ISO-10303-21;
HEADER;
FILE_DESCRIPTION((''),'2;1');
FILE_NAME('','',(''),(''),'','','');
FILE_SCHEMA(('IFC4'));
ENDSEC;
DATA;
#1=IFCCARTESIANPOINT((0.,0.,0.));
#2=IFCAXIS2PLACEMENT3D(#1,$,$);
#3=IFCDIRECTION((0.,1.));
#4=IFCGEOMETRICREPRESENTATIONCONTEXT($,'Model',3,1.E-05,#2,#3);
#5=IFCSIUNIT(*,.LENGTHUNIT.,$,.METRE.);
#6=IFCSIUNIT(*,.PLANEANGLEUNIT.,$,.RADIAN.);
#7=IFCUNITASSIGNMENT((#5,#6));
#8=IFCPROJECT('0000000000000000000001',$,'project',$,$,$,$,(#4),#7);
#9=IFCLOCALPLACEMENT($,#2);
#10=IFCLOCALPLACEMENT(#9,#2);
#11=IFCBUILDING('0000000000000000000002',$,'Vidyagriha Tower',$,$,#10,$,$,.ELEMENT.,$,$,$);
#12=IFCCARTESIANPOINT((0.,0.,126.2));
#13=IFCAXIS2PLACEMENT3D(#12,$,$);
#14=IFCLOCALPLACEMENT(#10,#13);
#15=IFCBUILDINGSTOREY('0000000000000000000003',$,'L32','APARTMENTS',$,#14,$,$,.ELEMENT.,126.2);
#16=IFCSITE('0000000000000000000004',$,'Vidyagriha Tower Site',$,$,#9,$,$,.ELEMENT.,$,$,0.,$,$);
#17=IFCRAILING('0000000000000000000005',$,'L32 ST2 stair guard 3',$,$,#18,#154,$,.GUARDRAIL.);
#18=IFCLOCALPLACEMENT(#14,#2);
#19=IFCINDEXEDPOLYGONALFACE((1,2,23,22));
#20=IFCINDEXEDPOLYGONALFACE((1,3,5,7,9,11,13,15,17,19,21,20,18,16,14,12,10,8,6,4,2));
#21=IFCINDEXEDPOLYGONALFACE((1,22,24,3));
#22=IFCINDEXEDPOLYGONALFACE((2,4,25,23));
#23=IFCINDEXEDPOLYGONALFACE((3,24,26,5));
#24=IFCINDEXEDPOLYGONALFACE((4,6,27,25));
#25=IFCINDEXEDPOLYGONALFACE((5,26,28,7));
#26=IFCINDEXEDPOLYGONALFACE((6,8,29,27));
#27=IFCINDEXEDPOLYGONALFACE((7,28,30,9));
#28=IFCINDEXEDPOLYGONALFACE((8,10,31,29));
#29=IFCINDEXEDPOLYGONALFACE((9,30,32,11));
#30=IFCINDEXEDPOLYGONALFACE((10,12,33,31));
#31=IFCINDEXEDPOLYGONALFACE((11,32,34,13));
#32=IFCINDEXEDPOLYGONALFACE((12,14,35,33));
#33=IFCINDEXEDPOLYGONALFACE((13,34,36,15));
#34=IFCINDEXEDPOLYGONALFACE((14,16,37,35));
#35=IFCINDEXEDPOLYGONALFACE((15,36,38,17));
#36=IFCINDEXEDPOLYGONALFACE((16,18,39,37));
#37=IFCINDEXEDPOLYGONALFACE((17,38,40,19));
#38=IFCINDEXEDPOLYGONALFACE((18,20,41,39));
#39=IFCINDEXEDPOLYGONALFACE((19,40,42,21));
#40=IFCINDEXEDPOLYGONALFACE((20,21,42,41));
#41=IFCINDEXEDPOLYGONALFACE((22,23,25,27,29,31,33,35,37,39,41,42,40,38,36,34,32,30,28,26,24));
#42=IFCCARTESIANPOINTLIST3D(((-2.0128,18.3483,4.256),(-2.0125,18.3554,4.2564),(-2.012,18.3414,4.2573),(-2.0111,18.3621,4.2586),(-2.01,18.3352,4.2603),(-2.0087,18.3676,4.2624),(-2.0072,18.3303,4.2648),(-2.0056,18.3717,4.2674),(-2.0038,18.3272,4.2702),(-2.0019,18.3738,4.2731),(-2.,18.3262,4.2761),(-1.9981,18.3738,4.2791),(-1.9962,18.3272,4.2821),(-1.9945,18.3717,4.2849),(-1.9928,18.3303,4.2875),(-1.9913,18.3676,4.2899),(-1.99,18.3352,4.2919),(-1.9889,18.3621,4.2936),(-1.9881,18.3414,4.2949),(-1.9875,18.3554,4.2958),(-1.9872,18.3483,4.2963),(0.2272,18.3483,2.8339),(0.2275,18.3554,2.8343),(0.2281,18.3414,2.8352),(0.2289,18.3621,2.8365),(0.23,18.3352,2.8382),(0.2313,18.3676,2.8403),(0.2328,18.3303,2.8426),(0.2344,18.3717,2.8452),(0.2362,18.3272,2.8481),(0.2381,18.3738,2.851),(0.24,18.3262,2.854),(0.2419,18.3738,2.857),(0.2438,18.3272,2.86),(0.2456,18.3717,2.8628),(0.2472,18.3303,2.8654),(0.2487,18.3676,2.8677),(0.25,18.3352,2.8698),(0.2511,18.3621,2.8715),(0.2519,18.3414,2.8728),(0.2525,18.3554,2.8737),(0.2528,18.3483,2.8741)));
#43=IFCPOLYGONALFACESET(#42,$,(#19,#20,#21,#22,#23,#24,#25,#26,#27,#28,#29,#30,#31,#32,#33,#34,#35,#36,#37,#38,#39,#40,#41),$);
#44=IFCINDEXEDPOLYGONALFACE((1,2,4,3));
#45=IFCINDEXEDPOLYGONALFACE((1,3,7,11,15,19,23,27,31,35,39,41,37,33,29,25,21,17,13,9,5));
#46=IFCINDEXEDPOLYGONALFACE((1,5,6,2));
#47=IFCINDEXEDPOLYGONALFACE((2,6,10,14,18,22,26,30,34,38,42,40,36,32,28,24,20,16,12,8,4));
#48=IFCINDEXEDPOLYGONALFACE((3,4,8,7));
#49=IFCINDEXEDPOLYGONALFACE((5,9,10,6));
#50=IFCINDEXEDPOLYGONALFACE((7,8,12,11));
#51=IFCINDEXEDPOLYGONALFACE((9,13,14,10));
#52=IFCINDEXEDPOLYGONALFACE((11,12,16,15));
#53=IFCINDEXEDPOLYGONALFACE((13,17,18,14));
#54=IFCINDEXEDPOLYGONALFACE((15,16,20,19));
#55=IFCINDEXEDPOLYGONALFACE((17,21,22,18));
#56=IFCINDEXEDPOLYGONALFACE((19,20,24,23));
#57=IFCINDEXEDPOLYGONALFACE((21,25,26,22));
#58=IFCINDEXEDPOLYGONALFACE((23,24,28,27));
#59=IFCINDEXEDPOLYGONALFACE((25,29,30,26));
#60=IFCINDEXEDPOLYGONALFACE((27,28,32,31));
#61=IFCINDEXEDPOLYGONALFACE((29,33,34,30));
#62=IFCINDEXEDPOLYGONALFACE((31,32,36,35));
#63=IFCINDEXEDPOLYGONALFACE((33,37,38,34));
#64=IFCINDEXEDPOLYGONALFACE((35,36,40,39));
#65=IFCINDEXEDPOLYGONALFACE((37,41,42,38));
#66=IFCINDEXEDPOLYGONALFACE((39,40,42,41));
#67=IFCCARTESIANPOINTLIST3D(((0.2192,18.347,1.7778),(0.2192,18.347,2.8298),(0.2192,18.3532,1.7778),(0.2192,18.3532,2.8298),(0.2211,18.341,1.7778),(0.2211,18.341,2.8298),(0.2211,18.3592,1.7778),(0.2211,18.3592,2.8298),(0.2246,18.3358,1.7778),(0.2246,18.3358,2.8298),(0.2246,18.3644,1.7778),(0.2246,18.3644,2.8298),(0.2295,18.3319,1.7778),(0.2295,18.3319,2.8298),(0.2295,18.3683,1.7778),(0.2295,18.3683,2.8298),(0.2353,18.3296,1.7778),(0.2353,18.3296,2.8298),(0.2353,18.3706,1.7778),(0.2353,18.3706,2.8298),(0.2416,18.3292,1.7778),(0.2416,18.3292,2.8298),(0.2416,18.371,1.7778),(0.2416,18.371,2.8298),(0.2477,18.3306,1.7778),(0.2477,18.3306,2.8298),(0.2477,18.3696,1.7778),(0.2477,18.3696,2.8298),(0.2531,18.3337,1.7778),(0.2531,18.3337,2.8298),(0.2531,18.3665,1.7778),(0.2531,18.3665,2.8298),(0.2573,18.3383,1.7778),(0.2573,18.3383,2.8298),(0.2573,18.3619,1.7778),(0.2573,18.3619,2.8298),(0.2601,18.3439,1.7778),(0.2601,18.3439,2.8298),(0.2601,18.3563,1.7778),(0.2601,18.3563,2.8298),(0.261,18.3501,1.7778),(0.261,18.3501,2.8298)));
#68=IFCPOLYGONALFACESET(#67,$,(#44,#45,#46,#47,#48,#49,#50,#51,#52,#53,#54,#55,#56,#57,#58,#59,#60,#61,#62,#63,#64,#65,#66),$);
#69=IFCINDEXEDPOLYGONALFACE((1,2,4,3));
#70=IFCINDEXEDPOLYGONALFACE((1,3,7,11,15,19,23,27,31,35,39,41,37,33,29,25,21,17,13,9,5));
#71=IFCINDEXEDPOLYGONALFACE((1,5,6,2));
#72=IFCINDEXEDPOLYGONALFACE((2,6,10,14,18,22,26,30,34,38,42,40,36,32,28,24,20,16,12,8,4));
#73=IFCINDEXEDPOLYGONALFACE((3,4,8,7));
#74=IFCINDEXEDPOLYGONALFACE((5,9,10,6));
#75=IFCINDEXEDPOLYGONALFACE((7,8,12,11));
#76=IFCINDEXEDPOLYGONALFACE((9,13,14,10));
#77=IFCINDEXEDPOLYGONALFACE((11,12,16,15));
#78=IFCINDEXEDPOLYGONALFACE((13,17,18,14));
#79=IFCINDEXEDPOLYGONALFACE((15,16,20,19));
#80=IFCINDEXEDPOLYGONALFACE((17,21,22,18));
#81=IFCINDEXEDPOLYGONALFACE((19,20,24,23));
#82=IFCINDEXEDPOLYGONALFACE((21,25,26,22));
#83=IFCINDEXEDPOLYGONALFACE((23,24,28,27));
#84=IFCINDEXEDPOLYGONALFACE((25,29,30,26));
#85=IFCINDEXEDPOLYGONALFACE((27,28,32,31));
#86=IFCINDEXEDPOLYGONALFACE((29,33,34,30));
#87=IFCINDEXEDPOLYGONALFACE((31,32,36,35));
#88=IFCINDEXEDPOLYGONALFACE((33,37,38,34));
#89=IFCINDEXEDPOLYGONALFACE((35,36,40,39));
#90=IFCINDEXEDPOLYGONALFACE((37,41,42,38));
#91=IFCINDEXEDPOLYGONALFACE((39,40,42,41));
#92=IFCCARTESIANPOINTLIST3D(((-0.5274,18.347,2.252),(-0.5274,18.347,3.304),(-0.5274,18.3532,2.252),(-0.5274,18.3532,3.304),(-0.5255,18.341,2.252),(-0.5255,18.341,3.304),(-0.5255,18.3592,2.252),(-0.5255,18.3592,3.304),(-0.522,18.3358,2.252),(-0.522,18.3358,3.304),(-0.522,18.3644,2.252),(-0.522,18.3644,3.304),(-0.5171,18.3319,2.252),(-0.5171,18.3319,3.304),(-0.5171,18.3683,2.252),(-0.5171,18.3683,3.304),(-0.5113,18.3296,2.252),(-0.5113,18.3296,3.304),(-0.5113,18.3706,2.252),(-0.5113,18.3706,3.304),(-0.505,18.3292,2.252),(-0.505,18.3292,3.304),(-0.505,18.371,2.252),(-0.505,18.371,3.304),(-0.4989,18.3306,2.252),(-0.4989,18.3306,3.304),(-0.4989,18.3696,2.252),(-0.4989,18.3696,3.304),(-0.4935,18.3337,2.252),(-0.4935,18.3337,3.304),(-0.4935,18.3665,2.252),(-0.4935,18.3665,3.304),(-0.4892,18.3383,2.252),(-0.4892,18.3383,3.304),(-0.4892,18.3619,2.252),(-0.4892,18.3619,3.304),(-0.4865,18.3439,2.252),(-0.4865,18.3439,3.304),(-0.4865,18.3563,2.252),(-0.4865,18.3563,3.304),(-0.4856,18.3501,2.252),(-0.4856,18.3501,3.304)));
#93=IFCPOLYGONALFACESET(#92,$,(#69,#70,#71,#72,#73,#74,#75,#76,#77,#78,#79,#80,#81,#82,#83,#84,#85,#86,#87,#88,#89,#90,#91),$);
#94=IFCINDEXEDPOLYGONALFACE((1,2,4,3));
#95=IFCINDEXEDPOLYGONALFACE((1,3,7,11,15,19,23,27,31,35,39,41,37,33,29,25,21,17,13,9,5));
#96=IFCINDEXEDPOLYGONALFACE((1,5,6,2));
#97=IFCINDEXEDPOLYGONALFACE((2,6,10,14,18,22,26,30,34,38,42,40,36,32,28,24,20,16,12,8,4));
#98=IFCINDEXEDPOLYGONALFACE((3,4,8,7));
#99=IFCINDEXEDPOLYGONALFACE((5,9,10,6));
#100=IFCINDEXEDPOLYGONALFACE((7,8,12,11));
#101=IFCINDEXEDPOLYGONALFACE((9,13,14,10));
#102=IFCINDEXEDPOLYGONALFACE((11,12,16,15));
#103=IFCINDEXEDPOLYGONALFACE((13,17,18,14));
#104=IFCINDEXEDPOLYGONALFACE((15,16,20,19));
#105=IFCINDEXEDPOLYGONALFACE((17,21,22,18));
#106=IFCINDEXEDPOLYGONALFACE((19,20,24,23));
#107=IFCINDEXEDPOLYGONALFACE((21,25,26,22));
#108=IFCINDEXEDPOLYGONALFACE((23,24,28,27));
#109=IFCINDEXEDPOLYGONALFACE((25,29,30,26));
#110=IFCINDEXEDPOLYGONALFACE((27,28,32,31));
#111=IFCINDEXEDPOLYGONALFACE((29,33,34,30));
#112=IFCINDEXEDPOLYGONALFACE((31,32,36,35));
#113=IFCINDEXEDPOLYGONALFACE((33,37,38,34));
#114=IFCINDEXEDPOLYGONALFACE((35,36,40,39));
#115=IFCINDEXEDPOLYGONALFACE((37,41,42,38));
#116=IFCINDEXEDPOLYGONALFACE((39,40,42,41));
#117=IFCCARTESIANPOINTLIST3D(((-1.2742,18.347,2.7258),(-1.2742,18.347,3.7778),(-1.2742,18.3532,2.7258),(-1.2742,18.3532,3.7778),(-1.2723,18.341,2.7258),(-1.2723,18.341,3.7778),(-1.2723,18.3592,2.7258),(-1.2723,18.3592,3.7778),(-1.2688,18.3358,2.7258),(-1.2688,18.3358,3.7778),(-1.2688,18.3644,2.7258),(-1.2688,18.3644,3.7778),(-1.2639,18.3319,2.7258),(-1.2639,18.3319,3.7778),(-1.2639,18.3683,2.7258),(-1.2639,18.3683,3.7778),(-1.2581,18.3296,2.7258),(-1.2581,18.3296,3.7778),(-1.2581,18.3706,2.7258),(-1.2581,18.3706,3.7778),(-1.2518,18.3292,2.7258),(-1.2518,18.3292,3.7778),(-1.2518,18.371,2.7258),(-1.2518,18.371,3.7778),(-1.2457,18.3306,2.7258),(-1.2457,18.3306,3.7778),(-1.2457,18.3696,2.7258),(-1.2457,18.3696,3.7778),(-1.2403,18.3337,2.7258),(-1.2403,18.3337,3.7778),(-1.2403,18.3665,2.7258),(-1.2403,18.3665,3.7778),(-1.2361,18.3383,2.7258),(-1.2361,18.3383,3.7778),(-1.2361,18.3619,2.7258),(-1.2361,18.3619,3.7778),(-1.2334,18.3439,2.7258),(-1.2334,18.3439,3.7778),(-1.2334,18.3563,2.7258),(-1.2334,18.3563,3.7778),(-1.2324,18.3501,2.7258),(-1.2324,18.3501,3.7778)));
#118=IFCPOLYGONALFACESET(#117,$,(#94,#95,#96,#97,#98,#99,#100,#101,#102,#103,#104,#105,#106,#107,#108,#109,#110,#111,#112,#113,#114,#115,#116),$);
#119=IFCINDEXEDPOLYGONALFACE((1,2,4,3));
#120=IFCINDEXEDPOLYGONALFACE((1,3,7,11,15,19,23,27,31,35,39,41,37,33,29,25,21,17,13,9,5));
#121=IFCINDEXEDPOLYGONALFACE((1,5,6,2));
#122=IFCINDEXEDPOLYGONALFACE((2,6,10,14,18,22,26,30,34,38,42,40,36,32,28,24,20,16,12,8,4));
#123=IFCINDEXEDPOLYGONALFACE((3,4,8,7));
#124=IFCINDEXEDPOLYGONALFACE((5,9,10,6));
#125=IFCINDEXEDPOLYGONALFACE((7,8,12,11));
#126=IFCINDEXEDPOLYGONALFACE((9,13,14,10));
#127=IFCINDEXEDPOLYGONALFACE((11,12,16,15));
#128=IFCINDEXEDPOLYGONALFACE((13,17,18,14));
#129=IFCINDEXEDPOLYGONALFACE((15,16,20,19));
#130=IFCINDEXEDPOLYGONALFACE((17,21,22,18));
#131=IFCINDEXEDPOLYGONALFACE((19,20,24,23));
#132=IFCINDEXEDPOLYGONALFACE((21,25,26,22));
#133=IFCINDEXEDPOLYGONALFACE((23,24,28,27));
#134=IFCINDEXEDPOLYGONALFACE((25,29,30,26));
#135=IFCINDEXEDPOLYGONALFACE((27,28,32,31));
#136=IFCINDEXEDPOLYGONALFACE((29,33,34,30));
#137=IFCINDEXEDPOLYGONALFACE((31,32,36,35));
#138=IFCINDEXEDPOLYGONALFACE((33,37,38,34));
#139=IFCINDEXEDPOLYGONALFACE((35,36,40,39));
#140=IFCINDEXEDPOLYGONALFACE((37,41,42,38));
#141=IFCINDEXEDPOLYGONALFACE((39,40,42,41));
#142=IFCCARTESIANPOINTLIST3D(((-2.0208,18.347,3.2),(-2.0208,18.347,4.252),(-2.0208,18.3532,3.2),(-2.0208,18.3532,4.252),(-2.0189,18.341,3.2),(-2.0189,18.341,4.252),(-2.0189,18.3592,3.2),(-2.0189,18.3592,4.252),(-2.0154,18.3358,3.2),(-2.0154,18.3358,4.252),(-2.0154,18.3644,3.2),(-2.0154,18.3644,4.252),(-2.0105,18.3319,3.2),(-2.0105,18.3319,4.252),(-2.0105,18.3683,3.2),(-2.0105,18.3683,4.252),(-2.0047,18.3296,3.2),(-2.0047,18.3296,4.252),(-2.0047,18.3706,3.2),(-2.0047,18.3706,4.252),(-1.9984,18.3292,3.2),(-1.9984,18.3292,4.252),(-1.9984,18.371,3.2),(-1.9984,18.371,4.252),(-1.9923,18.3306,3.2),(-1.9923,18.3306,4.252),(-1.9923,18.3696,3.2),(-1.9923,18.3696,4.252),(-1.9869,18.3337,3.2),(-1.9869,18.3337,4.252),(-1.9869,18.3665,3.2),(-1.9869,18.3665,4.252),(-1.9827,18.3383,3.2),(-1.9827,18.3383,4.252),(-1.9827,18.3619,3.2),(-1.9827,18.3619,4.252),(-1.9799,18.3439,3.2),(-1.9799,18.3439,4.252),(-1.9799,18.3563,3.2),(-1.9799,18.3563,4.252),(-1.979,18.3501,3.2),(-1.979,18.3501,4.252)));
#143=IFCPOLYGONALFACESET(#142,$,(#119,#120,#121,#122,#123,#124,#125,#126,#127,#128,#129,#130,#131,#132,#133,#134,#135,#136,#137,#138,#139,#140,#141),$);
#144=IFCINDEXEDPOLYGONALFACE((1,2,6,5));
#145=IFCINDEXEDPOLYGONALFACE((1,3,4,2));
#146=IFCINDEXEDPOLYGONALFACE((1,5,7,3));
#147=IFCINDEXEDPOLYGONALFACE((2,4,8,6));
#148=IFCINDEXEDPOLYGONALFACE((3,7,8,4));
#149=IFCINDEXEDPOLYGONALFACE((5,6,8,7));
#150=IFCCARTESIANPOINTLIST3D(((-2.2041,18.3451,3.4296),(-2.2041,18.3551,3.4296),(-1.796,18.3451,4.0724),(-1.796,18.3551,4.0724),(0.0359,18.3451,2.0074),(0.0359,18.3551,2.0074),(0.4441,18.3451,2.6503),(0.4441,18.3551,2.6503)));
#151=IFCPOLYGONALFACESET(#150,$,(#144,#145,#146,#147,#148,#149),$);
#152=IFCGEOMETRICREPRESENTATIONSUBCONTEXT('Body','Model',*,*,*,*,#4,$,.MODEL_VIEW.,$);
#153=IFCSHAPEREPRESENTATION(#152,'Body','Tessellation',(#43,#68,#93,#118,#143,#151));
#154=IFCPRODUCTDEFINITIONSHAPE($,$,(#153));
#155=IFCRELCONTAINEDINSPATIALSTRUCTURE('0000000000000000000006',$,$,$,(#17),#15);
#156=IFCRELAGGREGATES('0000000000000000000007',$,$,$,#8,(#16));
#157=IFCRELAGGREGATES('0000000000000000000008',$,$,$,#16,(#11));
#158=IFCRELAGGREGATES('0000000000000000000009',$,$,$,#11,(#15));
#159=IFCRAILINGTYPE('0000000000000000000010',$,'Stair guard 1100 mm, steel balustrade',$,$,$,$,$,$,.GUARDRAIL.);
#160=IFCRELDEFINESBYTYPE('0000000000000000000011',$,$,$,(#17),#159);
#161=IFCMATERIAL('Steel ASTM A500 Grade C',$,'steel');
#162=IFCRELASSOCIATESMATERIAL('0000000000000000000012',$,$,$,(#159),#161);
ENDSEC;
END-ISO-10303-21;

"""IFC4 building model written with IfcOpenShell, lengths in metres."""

from ifc_helpers import new_model, si_unit, direction, frame, origin, origin_2d, place, context, subcontext, project, spatial, rectangle, circle, extrude, material, type_object, element, save


model = new_model("IFC4")

# Units and contexts
model_context = context("Model", 3, precision=1e-05, world=origin(), true_north=direction((0.0, 1.0)))
body_context = subcontext(model_context, "Body", "Model", "MODEL_VIEW")
ifc_project = project(units=[si_unit("LENGTHUNIT", "METRE"), si_unit("PLANEANGLEUNIT", "RADIAN")], contexts=[model_context])

# Site, building, storey
site_placement = place(None, origin())
site = spatial("IfcSite", under=ifc_project, at=site_placement, Name="Vidyagriha Tower Site", CompositionType="ELEMENT", RefElevation=0.0)
building_placement = place(site_placement, origin())
building = spatial("IfcBuilding", under=site, at=building_placement, Name="Vidyagriha Tower", CompositionType="ELEMENT")
storey_placement = place(building_placement, frame((0.0, 0.0, 126.2)))
storey = spatial("IfcBuildingStorey", under=building, at=storey_placement, Name="L32", Description="APARTMENTS", CompositionType="ELEMENT", Elevation=126.2)

# Railing
ifc_material_1 = material(Name="Steel ASTM A500 Grade C", Category="steel")
railing_type_1 = type_object("IfcRailingType", Name="Stair guard 1100 mm, steel balustrade", PredefinedType="GUARDRAIL", material=ifc_material_1)
railing_1_placement = place(storey_placement, frame((0.24, 18.3501, 1.7778)))
element("IfcRailing", 1, at=railing_1_placement, inside=storey, type_object=railing_type_1, Name="L32 ST2 stair guard 3", PredefinedType="GUARDRAIL", context=body_context, shape_type="SweptSolid", body=[
    extrude(circle(Radius=0.0239, at=origin_2d()), frame((0.0, 0.0, 1.0762), z_axis=(-0.844229, 0.0, 0.535982), x_axis=(0.0, -1.0, 0.0)), (0.0, 0.0, 1.0), 2.6533),
    extrude(circle(Radius=0.021, at=origin_2d()), origin(), (0.0, 0.0, 1.0), 1.052),
    extrude(circle(Radius=0.021, at=origin_2d()), frame((-0.7466, 0.0, 0.4741)), (0.0, 0.0, 1.0), 1.052),
    extrude(circle(Radius=0.021, at=origin_2d()), frame((-1.4934, 0.0, 0.948)), (0.0, 0.0, 1.0), 1.052),
    extrude(circle(Radius=0.021, at=origin_2d()), frame((-2.24, 0.0, 1.4221)), (0.0, 0.0, 1.0), 1.052),
    extrude(rectangle(XDim=0.01, YDim=0.7615, at=origin_2d()), frame((0.0, 0.0, 0.551), z_axis=(-0.844229, 0.0, 0.535982), x_axis=(0.0, -1.0, 0.0)), (0.0, 0.0, 1.0), 2.6533),
])

save(model, "model.ifc")
